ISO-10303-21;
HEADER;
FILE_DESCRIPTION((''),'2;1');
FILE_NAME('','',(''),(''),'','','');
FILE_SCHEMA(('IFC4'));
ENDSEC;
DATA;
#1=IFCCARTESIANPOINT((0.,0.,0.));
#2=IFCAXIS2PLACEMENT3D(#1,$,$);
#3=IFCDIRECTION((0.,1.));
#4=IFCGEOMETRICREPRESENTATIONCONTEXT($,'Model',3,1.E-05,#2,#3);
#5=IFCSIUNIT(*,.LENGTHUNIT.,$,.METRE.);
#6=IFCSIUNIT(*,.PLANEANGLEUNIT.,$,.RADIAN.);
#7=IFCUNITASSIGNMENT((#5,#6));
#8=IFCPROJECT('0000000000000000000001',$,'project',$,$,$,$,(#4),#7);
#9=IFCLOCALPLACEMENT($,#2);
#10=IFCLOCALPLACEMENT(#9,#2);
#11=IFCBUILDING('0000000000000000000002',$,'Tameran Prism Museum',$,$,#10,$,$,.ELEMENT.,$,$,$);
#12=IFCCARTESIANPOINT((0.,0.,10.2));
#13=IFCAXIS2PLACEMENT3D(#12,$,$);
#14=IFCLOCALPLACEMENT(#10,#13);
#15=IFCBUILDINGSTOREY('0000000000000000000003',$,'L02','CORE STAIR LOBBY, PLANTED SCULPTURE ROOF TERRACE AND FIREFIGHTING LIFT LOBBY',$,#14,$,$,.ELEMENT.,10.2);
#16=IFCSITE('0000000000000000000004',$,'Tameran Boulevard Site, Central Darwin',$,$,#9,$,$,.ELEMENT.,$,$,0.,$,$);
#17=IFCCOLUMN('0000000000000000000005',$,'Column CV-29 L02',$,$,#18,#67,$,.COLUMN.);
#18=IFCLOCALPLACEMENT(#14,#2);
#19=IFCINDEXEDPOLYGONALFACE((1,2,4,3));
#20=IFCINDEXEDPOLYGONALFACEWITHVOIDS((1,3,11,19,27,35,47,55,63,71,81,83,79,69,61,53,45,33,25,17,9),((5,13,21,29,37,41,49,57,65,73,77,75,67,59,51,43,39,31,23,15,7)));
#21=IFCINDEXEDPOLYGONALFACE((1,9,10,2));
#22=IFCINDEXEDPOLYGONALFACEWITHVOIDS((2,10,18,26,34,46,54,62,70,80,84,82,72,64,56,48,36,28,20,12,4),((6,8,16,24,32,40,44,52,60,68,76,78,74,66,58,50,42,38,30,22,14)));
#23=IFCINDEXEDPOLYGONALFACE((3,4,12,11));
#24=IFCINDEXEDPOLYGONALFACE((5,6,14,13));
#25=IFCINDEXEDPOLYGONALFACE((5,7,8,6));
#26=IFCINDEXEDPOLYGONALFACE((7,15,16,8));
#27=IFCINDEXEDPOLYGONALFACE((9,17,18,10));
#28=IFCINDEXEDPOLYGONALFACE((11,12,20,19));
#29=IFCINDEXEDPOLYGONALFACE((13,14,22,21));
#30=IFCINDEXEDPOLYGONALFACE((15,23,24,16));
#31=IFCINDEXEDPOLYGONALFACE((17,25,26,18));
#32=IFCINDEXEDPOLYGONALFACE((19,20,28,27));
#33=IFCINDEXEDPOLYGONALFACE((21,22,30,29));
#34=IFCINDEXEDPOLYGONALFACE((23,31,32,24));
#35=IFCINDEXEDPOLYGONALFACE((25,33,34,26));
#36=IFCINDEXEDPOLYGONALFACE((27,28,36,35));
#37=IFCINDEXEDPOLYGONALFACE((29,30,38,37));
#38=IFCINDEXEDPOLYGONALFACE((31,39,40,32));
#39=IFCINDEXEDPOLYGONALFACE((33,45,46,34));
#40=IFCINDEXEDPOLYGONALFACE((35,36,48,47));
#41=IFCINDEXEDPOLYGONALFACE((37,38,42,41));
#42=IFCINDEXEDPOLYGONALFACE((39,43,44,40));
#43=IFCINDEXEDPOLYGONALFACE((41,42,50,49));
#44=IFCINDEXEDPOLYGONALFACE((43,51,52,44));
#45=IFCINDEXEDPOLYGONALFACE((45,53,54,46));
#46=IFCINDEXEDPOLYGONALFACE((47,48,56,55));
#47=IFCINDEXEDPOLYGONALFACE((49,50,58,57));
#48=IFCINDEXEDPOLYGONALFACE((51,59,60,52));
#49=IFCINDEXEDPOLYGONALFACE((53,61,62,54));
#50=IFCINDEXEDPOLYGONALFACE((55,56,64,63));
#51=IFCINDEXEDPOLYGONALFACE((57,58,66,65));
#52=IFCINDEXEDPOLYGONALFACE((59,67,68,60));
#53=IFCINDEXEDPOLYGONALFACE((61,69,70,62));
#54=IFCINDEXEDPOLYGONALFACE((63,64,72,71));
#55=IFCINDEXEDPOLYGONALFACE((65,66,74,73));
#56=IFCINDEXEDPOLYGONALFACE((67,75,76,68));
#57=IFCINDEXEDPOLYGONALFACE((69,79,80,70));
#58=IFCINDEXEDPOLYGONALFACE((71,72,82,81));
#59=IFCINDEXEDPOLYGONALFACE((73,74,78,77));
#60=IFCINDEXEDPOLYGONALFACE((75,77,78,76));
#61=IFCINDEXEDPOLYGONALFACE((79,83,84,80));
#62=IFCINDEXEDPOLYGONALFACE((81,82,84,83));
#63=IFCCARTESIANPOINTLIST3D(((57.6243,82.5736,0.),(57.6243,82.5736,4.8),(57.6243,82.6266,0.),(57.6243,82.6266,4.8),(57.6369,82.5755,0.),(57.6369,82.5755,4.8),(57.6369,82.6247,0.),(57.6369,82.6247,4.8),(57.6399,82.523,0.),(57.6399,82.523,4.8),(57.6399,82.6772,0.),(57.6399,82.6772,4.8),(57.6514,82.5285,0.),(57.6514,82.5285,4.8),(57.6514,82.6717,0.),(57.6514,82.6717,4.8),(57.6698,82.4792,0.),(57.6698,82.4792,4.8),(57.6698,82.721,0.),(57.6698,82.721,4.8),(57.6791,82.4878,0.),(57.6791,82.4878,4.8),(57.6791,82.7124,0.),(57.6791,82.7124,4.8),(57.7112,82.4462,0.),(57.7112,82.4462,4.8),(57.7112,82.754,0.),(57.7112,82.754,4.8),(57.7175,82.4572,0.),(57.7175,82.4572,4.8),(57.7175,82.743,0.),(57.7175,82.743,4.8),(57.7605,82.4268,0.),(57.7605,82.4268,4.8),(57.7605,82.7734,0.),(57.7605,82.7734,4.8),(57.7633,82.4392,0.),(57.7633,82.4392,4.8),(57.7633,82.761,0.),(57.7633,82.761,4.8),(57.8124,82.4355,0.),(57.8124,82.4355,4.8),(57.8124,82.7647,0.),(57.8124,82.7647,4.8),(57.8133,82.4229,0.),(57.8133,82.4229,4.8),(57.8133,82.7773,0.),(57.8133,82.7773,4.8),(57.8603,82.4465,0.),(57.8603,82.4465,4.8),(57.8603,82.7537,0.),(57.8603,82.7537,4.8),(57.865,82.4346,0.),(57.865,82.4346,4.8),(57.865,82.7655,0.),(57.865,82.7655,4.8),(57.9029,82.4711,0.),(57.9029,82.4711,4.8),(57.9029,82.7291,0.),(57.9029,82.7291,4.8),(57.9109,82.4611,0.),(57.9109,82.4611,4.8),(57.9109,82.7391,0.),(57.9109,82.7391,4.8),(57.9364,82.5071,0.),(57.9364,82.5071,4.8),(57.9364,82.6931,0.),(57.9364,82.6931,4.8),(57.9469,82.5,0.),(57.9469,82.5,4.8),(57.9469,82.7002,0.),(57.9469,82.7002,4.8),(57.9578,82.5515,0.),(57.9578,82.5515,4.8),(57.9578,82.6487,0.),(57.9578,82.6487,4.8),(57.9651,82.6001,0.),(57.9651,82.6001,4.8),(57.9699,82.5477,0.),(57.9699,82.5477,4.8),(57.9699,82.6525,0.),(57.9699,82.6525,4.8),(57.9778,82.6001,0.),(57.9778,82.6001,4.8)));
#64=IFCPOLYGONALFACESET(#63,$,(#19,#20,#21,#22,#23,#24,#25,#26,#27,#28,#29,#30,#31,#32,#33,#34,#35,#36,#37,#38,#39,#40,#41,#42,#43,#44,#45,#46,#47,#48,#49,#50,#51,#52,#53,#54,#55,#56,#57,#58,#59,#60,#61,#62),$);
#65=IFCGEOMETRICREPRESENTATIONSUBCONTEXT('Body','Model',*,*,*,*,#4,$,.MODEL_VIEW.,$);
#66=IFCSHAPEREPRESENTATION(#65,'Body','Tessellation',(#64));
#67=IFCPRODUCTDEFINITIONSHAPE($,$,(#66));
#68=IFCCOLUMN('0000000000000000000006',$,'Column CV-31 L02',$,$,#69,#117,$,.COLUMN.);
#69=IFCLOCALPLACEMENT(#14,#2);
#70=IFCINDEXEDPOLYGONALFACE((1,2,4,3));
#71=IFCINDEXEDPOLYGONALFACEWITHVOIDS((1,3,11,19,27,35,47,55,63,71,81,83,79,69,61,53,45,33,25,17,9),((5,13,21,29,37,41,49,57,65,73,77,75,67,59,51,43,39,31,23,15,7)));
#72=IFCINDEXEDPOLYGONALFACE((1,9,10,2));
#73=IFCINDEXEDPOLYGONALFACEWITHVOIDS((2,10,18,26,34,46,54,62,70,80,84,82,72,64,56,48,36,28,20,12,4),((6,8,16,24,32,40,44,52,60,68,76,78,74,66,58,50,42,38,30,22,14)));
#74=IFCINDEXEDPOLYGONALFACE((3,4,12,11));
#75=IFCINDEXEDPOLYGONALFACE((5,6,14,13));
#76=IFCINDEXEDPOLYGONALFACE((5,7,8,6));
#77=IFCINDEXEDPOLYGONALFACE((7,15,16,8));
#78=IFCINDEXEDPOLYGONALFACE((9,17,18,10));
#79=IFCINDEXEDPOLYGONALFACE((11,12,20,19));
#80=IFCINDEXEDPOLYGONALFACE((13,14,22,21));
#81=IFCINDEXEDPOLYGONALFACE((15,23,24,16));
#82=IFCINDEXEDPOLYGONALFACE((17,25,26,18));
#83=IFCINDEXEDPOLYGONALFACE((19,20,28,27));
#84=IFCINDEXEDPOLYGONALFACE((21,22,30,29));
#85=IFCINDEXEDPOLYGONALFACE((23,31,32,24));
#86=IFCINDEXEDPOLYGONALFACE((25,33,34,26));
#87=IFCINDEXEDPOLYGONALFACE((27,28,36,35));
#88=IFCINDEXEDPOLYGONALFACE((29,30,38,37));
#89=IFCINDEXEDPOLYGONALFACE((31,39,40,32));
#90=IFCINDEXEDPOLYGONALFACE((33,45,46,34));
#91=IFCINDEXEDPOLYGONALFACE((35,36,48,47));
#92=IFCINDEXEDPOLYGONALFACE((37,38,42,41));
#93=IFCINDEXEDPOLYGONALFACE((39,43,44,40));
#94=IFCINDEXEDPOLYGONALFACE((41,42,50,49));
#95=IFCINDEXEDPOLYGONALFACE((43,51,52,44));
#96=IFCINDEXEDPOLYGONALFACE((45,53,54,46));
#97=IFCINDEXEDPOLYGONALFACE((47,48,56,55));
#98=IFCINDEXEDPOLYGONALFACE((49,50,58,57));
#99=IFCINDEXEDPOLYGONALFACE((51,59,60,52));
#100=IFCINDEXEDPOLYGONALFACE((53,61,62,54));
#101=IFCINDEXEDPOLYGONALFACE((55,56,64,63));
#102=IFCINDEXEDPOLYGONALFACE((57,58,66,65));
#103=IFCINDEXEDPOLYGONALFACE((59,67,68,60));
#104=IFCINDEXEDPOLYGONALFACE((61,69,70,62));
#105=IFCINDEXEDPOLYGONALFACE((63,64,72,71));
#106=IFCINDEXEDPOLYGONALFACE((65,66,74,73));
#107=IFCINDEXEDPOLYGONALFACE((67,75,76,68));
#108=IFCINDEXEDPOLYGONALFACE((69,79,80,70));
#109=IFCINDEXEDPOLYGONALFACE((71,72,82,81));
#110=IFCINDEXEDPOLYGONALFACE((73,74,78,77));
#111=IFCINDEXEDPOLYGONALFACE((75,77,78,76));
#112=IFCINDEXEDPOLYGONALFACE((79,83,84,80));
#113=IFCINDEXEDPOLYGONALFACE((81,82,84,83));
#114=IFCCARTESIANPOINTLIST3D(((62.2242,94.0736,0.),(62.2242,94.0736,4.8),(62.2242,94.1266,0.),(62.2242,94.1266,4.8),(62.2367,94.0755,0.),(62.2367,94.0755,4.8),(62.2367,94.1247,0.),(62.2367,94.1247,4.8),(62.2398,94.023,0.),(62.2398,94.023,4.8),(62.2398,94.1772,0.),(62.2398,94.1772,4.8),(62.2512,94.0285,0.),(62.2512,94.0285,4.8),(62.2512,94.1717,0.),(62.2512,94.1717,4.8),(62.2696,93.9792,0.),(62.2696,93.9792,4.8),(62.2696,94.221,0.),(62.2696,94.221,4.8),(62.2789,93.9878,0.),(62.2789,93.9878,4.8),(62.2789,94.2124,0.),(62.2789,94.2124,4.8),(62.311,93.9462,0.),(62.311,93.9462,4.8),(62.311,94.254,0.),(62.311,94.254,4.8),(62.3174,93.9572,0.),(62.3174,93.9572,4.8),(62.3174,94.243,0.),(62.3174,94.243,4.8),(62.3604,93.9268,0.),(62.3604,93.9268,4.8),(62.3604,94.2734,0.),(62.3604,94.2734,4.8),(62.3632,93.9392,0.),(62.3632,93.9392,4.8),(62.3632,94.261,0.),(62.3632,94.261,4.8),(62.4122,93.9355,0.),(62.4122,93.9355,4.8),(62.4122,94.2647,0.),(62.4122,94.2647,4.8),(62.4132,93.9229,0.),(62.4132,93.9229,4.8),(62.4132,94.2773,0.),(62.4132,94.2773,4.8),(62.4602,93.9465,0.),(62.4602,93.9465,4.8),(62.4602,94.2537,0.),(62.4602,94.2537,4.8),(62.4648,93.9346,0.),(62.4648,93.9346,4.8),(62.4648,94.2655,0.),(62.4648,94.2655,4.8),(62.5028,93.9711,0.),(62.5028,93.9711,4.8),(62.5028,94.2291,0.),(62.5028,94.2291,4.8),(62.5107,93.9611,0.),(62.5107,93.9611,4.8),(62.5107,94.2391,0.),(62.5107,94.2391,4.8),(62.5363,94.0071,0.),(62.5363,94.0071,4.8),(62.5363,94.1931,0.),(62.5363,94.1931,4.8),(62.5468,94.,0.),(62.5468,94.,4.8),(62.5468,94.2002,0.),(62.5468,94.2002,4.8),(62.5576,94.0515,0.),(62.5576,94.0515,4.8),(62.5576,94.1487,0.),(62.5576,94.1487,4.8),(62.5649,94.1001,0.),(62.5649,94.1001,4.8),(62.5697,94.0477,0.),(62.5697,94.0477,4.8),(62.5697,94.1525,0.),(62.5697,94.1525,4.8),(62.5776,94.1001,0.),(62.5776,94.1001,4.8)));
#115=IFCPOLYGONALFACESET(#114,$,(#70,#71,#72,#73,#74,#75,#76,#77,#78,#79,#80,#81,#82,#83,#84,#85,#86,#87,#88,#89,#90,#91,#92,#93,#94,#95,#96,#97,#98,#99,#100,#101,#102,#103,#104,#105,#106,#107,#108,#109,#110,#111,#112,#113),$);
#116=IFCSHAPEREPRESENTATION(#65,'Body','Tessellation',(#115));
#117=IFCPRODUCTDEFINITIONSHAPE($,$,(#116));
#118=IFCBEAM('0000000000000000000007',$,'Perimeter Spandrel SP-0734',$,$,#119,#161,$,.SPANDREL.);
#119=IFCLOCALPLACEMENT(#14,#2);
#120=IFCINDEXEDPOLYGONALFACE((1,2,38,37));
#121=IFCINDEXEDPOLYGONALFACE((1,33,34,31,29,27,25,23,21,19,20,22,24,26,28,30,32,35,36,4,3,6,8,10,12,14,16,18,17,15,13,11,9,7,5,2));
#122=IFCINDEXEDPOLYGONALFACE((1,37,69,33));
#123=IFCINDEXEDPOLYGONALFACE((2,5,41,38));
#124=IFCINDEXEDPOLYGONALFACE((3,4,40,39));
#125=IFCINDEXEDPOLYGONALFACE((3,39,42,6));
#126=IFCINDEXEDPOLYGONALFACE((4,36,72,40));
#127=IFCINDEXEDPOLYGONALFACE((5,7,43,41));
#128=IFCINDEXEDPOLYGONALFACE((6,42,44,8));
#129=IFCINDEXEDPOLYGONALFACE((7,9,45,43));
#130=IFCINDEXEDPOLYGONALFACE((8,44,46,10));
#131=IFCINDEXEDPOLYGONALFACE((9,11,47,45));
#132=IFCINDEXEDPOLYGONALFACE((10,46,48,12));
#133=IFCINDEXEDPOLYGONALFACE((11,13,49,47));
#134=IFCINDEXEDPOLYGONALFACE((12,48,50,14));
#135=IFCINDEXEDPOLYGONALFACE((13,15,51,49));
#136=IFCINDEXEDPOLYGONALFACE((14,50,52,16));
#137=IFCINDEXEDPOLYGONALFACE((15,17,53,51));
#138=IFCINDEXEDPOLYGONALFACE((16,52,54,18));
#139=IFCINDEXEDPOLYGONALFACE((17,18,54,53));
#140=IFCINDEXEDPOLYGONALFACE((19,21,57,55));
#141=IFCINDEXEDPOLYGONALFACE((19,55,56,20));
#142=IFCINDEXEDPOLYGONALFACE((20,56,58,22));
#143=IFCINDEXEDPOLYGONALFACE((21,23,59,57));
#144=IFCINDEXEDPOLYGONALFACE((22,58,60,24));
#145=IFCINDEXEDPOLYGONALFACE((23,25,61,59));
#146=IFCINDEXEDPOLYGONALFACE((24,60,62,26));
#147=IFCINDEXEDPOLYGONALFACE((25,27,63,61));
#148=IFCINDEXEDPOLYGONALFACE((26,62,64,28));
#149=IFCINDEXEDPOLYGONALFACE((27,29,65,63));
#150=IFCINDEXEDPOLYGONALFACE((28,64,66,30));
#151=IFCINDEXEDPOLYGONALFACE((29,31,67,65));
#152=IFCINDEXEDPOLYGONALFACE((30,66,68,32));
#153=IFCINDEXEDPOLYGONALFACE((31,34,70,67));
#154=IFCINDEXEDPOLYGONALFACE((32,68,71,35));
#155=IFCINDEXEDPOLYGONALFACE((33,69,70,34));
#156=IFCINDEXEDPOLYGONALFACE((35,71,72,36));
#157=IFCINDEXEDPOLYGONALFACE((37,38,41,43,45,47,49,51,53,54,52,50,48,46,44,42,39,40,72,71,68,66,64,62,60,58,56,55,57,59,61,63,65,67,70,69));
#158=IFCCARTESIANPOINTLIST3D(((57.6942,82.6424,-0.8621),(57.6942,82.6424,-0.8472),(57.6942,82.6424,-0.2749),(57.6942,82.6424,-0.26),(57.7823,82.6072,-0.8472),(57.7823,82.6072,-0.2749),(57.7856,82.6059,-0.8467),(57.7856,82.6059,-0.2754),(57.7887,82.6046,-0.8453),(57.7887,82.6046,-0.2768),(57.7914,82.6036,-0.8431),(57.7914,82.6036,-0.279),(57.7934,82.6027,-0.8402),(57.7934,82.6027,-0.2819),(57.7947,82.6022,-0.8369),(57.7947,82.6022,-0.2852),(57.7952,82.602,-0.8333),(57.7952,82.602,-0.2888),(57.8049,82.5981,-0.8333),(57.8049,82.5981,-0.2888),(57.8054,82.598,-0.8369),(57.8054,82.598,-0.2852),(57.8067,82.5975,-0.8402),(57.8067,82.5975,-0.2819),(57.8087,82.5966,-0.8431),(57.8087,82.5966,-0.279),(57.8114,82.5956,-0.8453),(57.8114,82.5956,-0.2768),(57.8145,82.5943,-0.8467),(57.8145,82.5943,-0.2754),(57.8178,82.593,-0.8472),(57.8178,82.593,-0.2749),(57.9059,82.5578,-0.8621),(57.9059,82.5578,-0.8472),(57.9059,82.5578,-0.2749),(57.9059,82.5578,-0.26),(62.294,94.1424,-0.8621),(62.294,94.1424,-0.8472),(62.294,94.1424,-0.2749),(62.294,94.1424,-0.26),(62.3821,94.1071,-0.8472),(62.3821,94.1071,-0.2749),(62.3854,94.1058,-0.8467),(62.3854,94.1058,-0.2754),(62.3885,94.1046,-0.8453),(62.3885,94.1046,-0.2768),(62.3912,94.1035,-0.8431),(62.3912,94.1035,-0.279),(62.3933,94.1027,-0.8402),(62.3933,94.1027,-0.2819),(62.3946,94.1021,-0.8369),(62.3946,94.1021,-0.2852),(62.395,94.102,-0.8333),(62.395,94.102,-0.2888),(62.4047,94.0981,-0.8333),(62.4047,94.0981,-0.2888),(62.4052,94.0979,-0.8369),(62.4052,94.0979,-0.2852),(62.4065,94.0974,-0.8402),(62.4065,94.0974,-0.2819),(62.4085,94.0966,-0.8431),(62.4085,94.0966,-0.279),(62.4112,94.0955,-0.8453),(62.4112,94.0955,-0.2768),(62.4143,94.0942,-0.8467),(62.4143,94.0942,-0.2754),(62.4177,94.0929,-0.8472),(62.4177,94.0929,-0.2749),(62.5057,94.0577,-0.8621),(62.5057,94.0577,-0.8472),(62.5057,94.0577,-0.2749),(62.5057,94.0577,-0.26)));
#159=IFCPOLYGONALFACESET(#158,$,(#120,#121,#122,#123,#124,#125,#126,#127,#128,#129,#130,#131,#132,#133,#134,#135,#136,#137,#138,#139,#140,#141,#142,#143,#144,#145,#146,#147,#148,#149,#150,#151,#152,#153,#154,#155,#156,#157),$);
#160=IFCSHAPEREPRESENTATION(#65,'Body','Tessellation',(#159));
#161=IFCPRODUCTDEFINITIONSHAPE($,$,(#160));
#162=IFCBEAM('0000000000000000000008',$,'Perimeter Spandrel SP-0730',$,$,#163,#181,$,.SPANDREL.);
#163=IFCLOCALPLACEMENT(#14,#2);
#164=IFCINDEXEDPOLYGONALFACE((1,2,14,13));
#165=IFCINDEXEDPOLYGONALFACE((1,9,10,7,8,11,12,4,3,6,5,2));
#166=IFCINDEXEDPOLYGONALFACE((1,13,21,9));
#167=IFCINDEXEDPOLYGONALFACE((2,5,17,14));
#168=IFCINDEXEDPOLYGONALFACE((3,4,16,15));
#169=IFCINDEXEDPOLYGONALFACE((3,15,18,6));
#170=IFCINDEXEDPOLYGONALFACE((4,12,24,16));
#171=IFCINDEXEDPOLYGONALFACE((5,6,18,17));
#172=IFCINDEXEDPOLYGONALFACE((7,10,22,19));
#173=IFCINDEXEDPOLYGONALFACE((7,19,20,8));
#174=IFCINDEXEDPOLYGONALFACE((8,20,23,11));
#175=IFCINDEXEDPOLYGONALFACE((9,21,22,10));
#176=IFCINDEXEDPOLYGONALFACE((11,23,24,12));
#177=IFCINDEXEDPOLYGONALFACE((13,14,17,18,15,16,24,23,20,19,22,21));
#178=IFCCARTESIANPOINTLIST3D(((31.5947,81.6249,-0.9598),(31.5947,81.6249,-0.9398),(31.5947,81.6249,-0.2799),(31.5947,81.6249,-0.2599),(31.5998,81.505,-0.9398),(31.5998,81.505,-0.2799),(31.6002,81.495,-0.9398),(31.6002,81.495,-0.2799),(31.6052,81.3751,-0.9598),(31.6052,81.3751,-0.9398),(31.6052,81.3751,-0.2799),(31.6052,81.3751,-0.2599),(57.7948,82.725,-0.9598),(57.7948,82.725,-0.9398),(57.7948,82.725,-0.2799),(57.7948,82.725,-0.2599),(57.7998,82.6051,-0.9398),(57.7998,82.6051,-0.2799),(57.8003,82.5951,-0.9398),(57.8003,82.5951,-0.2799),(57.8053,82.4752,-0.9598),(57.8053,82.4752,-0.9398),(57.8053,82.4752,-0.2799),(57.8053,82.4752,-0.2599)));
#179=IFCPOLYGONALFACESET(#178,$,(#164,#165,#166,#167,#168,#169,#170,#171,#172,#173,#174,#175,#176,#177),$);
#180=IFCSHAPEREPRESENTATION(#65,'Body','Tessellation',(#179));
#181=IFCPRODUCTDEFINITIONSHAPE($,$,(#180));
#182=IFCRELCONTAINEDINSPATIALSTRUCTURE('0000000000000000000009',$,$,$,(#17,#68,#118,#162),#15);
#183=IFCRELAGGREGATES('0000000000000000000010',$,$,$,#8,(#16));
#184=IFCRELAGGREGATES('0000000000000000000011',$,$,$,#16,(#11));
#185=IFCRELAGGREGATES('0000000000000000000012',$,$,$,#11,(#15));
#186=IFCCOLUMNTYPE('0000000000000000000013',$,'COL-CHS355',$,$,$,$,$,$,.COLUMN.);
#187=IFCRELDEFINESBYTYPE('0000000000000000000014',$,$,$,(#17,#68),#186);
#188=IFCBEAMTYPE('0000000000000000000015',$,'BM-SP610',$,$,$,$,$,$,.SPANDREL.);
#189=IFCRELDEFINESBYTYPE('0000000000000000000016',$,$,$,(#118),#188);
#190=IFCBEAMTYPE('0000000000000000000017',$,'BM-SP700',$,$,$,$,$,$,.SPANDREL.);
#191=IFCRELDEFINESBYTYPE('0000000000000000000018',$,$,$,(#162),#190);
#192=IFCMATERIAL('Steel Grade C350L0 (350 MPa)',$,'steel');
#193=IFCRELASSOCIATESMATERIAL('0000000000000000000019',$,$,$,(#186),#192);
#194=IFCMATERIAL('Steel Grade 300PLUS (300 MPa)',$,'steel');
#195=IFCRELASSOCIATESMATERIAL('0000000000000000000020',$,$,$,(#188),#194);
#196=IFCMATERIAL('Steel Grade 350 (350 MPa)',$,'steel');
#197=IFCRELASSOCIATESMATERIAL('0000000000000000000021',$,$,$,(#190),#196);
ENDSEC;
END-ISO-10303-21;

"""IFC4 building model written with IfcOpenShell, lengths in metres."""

from ifc_helpers import new_model, si_unit, direction, frame, origin, origin_2d, place, context, subcontext, project, spatial, hollow_circle, i_section, extrude, material, material_profile, profile_set, type_object, element, save


model = new_model("IFC4")

# Units and contexts
model_context = context("Model", 3, precision=1e-05, world=origin(), true_north=direction((0.0, 1.0)))
body_context = subcontext(model_context, "Body", "Model", "MODEL_VIEW")
ifc_project = project(units=[si_unit("LENGTHUNIT", "METRE"), si_unit("PLANEANGLEUNIT", "RADIAN")], contexts=[model_context])

# Site, building, storey
site_placement = place(None, origin())
site = spatial("IfcSite", under=ifc_project, at=site_placement, Name="Tameran Boulevard Site, Central Darwin", CompositionType="ELEMENT", RefElevation=0.0)
building_placement = place(site_placement, origin())
building = spatial("IfcBuilding", under=site, at=building_placement, Name="Tameran Prism Museum", CompositionType="ELEMENT")
storey_placement = place(building_placement, frame((0.0, 0.0, 10.2)))
storey = spatial("IfcBuildingStorey", under=building, at=storey_placement, Name="L02", Description="CORE STAIR LOBBY, PLANTED SCULPTURE ROOF TERRACE AND FIREFIGHTING LIFT LOBBY", CompositionType="ELEMENT", Elevation=10.2)

# Columns
ifc_material_1 = material(Name="Steel Grade C350L0 (350 MPa)", Category="steel")
ifc_material_profile_1 = material_profile(ifc_material_1, hollow_circle(Radius=0.1777, WallThickness=0.0127, at=origin_2d()))
ifc_profile_set_1 = profile_set([ifc_material_profile_1])
column_type = type_object("IfcColumnType", Name="COL-CHS355", PredefinedType="COLUMN", material=ifc_profile_set_1)
for number, where, z_axis, x_axis, name in (
    (1, (57.8, 82.6001, 0.0), (0.0, 0.0, 1.0), (1.0, 0.0, 0.0), "Column CV-29 L02"),
    (2, (62.3999, 94.1001, 0.0), (0.0, 0.0, 1.0), (1.0, 0.0, 0.0), "Column CV-31 L02"),
):
    element("IfcColumn", number, at=place(storey_placement, frame(where, z_axis=z_axis, x_axis=x_axis)), inside=storey, type_object=column_type, Name=name, PredefinedType="COLUMN", context=body_context, shape_type="SweptSolid", body=[
        extrude(hollow_circle(Radius=0.1777, WallThickness=0.0127, at=origin_2d()), origin(), (0.0, 0.0, 1.0), 4.8),
    ])

# Beams
ifc_material_2 = material(Name="Steel Grade 300PLUS (300 MPa)", Category="steel")
ifc_material_profile_2 = material_profile(ifc_material_2, i_section(OverallWidth=0.228, OverallDepth=0.6021, WebThickness=0.0105, FlangeThickness=0.0149, FilletRadius=0.0139, at=origin_2d()))
ifc_profile_set_2 = profile_set([ifc_material_profile_2])
beam_type_1 = type_object("IfcBeamType", Name="BM-SP610", PredefinedType="SPANDREL", material=ifc_profile_set_2)
beam_1_placement = place(storey_placement, frame((57.8, 82.6001, -0.561), z_axis=(0.37138, 0.928481, 0.0), x_axis=(-0.928481, 0.37138, 0.0)))
element("IfcBeam", 3, at=beam_1_placement, inside=storey, type_object=beam_type_1, Name="Perimeter Spandrel SP-0734", PredefinedType="SPANDREL", context=body_context, shape_type="SweptSolid", body=[
    extrude(i_section(OverallWidth=0.228, OverallDepth=0.6021, WebThickness=0.0105, FlangeThickness=0.0149, FilletRadius=0.0139, at=origin_2d()), origin(), (0.0, 0.0, 1.0), 12.3857),
])
ifc_material_3 = material(Name="Steel Grade 350 (350 MPa)", Category="steel")
ifc_material_profile_3 = material_profile(ifc_material_3, i_section(OverallWidth=0.25, OverallDepth=0.7, WebThickness=0.01, FlangeThickness=0.02, at=origin_2d()))
ifc_profile_set_3 = profile_set([ifc_material_profile_3])
beam_type_2 = type_object("IfcBeamType", Name="BM-SP700", PredefinedType="SPANDREL", material=ifc_profile_set_3)
beam_2_placement = place(storey_placement, frame((57.8, 82.6001, -0.6099), z_axis=(-0.99912, -0.041952, 0.0), x_axis=(0.041952, -0.99912, 0.0)))
element("IfcBeam", 4, at=beam_2_placement, inside=storey, type_object=beam_type_2, Name="Perimeter Spandrel SP-0730", PredefinedType="SPANDREL", context=body_context, shape_type="SweptSolid", body=[
    extrude(i_section(OverallWidth=0.25, OverallDepth=0.7, WebThickness=0.01, FlangeThickness=0.02, at=origin_2d()), origin(), (0.0, 0.0, 1.0), 26.2231),
])

save(model, "model.ifc")
